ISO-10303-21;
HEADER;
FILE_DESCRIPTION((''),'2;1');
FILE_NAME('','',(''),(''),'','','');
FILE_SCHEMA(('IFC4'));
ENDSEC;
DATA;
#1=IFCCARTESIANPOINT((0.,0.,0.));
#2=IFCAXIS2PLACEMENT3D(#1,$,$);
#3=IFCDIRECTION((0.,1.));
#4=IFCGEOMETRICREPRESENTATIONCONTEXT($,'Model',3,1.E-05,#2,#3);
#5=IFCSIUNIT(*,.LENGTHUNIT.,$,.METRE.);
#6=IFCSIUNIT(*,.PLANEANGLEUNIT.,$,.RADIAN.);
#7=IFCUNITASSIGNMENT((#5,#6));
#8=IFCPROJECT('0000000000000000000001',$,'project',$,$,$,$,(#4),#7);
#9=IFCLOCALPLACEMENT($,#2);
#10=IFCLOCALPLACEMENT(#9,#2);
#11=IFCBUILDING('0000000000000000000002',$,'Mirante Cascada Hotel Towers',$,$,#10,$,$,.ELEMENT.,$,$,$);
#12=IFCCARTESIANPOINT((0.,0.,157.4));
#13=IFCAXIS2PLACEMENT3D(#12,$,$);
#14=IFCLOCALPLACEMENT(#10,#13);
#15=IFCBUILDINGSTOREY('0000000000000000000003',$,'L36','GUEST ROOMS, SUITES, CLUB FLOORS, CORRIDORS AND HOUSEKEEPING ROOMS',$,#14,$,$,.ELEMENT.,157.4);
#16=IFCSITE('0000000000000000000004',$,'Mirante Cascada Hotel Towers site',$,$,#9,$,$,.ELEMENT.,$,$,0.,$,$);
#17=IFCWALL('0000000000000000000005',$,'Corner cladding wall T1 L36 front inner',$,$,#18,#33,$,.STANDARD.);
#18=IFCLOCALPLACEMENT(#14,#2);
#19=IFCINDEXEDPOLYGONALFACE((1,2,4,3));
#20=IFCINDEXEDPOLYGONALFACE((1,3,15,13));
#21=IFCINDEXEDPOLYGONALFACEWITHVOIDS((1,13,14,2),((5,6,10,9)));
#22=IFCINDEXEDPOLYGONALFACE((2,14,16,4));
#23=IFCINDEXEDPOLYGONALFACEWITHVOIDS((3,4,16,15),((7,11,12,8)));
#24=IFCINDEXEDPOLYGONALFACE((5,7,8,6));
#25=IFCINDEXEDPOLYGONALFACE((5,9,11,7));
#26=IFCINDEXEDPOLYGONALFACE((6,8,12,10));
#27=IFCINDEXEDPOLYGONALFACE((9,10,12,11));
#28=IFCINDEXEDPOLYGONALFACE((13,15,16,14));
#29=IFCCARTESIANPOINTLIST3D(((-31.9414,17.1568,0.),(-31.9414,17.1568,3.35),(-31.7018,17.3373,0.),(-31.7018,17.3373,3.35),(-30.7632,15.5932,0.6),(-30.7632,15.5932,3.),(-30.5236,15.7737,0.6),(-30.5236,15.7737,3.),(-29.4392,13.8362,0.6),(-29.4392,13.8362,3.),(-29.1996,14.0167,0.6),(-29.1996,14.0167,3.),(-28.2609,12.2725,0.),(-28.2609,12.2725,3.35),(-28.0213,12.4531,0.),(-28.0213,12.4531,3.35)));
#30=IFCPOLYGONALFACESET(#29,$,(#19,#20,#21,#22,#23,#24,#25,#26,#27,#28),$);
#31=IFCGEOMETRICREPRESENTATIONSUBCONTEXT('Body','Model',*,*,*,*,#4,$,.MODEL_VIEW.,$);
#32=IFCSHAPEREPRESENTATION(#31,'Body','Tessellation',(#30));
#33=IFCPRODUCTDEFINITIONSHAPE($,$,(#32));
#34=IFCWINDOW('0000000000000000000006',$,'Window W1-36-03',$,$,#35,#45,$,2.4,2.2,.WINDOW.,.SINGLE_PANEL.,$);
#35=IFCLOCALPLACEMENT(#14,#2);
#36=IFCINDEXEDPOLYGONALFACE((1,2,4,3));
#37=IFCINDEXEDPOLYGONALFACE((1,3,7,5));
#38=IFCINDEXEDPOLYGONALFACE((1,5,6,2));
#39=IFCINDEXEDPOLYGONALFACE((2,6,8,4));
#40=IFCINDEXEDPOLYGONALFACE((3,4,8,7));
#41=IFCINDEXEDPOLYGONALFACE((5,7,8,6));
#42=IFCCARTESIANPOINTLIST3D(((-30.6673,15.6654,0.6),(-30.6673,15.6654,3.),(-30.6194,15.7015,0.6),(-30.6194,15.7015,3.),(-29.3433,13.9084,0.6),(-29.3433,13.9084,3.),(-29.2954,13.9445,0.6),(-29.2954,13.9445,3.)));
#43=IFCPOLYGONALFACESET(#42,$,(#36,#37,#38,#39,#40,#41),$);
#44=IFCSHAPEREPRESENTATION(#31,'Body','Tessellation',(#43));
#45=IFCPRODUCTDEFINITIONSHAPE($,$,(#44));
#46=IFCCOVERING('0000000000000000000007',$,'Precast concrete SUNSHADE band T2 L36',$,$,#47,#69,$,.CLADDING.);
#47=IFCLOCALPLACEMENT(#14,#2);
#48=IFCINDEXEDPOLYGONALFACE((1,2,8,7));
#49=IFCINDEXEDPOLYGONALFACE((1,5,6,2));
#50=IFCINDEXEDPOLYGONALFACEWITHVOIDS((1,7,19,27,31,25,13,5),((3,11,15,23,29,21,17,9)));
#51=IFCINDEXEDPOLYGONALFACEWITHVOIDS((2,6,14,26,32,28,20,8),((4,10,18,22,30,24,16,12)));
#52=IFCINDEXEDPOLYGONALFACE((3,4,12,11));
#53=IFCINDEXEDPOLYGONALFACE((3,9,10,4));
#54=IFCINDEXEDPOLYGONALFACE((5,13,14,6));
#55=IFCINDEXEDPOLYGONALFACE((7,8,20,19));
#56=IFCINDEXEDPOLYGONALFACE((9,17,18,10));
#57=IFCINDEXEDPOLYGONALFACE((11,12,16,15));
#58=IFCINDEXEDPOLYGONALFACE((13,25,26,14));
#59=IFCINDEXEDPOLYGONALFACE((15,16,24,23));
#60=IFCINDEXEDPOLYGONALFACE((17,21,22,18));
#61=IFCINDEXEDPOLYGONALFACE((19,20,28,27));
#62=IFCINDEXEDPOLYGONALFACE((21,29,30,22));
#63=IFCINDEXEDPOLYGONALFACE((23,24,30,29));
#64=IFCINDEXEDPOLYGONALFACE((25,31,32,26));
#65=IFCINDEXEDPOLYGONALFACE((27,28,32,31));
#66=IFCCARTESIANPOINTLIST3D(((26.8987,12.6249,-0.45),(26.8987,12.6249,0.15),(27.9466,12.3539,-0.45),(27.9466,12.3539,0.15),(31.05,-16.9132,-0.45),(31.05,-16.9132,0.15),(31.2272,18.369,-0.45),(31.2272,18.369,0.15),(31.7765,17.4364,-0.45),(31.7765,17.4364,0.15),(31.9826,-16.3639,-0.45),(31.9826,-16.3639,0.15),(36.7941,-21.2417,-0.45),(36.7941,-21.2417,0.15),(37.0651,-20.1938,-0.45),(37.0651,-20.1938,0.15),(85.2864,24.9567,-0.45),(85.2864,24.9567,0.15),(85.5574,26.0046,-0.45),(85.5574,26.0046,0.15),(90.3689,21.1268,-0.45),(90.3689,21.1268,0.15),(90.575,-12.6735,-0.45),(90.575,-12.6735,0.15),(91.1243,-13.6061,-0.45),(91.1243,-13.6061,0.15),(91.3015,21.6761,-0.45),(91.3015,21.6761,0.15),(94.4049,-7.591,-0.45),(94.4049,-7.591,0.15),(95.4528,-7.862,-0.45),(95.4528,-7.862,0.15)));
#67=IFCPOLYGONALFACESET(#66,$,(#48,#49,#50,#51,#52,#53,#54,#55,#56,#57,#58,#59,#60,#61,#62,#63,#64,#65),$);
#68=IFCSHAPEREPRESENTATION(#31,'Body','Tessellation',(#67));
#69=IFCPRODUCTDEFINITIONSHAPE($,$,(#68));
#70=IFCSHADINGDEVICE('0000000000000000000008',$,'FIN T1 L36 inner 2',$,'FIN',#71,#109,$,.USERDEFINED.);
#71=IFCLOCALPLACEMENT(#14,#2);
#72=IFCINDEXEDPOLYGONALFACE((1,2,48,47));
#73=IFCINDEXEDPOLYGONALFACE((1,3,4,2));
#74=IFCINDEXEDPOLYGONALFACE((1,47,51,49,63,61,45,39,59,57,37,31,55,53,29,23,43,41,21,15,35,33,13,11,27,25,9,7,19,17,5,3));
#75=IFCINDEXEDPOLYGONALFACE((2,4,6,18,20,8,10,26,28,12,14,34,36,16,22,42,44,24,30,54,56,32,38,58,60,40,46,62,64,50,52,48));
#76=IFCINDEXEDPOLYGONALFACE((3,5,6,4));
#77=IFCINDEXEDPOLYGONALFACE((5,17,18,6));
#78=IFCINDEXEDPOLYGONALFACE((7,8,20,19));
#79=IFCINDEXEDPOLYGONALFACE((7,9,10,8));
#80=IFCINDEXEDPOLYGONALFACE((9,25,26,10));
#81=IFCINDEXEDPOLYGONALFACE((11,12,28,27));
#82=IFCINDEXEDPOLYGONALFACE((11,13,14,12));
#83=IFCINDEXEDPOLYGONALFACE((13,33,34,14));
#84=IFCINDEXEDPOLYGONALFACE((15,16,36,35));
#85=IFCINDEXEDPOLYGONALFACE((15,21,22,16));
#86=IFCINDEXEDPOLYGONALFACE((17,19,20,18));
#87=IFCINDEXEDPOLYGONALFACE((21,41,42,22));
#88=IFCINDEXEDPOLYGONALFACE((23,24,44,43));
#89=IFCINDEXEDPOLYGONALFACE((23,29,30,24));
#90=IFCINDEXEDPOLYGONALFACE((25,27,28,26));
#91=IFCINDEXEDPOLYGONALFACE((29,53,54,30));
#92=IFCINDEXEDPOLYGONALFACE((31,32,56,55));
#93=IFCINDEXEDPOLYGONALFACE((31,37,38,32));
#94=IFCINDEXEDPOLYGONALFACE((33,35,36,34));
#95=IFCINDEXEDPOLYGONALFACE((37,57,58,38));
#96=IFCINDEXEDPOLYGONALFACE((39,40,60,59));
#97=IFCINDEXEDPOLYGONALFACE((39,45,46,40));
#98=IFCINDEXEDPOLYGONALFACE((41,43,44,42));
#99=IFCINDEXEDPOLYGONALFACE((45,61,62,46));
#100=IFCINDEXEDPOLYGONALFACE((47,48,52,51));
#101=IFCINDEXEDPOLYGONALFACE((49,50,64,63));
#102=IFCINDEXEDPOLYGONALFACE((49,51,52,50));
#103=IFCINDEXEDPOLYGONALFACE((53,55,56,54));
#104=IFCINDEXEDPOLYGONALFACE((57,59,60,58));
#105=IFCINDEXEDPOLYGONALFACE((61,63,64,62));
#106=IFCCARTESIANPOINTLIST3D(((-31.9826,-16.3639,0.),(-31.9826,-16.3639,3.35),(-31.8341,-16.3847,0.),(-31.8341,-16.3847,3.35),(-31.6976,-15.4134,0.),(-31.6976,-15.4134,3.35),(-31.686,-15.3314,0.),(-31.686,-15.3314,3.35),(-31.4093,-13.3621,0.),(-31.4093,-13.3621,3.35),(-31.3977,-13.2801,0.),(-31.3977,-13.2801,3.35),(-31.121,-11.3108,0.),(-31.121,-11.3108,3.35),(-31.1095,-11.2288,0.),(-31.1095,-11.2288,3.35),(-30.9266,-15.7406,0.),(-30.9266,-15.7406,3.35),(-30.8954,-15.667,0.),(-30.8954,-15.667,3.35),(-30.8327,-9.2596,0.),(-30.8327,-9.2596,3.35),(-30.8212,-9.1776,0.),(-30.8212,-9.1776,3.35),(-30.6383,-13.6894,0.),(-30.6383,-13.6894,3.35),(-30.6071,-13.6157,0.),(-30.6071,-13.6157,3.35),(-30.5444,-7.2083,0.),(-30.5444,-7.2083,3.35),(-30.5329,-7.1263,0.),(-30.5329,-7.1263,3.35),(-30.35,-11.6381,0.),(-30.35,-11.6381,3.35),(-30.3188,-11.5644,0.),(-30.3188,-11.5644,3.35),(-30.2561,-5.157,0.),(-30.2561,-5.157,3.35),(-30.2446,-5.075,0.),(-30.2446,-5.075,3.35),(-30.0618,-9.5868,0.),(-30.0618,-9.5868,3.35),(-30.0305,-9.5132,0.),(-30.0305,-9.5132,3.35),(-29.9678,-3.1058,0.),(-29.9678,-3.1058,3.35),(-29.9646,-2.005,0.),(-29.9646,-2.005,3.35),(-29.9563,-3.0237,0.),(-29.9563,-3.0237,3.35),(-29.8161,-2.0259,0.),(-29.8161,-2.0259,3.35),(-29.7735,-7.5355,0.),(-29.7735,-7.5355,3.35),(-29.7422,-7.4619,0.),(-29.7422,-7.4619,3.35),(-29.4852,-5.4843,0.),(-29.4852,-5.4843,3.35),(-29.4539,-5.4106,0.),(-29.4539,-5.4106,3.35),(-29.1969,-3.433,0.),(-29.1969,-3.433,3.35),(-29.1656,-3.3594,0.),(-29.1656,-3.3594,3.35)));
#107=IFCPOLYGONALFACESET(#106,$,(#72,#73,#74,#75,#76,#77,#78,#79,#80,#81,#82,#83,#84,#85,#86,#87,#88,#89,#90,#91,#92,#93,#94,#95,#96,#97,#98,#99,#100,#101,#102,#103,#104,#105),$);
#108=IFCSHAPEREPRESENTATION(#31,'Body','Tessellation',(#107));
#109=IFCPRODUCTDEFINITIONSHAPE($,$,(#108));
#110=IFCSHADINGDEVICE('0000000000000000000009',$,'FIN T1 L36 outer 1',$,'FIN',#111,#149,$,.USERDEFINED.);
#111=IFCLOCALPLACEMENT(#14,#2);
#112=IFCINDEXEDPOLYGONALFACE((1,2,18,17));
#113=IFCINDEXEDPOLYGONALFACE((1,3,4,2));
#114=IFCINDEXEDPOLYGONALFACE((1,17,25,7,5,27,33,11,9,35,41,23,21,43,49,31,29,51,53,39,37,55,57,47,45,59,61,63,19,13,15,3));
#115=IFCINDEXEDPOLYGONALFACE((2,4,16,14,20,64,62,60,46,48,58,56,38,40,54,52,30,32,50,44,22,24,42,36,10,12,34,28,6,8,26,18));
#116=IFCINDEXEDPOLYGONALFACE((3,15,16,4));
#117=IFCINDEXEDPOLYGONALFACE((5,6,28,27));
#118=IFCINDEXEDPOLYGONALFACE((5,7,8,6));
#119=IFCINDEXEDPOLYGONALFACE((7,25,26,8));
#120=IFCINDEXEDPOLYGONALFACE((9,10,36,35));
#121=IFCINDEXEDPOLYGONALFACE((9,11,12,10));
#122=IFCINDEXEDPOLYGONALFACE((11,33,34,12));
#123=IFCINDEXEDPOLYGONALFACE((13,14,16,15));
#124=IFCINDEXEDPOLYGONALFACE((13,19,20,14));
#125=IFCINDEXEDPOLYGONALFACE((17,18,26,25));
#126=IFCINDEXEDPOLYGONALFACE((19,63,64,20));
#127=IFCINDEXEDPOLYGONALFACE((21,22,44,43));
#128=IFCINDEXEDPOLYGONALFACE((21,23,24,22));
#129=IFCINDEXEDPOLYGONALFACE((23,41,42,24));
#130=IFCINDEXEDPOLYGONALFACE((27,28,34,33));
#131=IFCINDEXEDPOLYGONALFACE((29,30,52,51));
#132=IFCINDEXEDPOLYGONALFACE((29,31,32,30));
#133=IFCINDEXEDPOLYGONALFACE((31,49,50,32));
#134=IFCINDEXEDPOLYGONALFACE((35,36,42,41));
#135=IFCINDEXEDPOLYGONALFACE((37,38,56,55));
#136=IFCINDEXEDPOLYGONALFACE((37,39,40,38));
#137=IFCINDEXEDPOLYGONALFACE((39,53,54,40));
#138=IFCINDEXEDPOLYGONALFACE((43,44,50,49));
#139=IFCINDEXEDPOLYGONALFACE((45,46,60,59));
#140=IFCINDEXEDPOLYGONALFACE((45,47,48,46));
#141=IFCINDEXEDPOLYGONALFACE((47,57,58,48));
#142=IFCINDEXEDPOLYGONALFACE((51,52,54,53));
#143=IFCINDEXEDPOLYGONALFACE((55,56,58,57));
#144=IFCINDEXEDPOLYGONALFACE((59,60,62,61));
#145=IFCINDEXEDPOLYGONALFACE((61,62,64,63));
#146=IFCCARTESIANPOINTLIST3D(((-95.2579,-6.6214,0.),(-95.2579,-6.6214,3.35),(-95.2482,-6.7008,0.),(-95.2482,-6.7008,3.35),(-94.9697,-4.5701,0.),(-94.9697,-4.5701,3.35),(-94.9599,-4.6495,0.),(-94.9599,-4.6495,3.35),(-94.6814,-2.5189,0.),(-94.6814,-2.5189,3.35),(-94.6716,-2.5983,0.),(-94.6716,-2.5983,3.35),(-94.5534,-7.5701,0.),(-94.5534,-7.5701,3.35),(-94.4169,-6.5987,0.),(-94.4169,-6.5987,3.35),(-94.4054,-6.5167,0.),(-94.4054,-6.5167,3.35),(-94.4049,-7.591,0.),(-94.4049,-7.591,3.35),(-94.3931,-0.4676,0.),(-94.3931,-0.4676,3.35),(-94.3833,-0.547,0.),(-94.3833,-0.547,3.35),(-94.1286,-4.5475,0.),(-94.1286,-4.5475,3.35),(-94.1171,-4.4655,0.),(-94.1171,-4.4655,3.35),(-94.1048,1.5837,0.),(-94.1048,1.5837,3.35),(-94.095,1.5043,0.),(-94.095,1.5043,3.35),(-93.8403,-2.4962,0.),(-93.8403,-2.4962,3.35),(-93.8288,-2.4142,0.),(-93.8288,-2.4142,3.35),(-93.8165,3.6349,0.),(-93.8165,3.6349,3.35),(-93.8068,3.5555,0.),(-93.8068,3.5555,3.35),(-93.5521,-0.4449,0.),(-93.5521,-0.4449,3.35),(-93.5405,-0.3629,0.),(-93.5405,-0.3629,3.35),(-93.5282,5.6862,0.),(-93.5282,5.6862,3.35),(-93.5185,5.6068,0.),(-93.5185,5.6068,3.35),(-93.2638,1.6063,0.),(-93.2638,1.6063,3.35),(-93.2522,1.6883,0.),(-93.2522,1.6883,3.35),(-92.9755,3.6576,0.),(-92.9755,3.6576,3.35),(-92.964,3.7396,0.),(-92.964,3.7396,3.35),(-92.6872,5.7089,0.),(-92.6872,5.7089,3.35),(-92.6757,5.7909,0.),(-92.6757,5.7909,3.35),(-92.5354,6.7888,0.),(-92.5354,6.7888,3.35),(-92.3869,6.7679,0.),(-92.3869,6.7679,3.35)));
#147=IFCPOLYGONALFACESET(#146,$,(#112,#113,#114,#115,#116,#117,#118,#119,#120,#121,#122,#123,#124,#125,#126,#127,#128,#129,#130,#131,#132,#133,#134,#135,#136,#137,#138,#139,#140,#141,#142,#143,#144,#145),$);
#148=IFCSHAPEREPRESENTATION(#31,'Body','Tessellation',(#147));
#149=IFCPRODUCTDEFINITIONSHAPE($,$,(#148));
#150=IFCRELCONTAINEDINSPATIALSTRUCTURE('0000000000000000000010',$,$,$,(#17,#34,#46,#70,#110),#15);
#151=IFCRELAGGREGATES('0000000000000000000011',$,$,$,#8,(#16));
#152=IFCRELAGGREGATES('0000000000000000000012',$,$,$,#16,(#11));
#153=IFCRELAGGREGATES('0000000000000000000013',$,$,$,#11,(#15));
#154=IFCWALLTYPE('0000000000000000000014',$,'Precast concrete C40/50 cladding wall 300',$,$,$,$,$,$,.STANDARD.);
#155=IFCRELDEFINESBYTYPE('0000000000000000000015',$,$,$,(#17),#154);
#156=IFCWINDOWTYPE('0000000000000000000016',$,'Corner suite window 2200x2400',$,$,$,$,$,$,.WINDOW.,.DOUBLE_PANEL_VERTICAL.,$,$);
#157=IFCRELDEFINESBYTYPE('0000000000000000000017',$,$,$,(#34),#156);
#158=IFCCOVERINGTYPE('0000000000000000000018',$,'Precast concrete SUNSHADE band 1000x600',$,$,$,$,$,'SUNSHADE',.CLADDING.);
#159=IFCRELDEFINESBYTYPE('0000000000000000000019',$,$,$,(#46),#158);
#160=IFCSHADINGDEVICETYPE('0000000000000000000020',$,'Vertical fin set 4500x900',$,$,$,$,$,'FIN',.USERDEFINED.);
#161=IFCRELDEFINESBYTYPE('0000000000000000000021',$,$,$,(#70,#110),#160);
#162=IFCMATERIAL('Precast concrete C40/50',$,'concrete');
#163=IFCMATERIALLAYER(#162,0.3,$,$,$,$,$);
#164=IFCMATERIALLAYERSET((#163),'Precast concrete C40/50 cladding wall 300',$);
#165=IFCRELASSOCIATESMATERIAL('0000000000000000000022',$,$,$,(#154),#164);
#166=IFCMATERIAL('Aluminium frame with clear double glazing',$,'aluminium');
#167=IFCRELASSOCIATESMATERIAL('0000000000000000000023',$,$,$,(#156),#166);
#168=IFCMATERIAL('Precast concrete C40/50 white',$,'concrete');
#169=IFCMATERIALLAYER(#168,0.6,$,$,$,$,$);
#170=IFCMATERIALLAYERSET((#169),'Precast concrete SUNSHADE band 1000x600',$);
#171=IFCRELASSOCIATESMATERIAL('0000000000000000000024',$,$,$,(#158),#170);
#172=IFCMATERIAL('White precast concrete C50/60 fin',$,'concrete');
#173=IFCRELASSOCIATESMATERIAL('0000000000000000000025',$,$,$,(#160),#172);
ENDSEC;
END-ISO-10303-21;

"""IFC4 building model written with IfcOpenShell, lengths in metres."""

from ifc_helpers import new_model, si_unit, direction, frame, frame_2d, origin, place, context, subcontext, project, spatial, polyline, rectangle, outline, extrude, material, layer, layer_set, type_object, element, fill, save


model = new_model("IFC4")

# Units and contexts
model_context = context("Model", 3, precision=1e-05, world=origin(), true_north=direction((0.0, 1.0)))
body_context = subcontext(model_context, "Body", "Model", "MODEL_VIEW")
ifc_project = project(units=[si_unit("LENGTHUNIT", "METRE"), si_unit("PLANEANGLEUNIT", "RADIAN")], contexts=[model_context])

# Site, building, storey
site_placement = place(None, origin())
site = spatial("IfcSite", under=ifc_project, at=site_placement, Name="Mirante Cascada Hotel Towers site", CompositionType="ELEMENT", RefElevation=0.0)
building_placement = place(site_placement, origin())
building = spatial("IfcBuilding", under=site, at=building_placement, Name="Mirante Cascada Hotel Towers", CompositionType="ELEMENT")
storey_placement = place(building_placement, frame((0.0, 0.0, 157.4)))
storey = spatial("IfcBuildingStorey", under=building, at=storey_placement, Name="L36", Description="GUEST ROOMS, SUITES, CLUB FLOORS, CORRIDORS AND HOUSEKEEPING ROOMS", CompositionType="ELEMENT", Elevation=157.4)

# Wall, opening, window
ifc_material_1 = material(Name="Precast concrete C40/50", Category="concrete")
ifc_layer_1 = layer(ifc_material_1, 0.3)
ifc_layer_set_1 = layer_set([ifc_layer_1], Name="Precast concrete C40/50 cladding wall 300")
wall_type_1 = type_object("IfcWallType", Name="Precast concrete C40/50 cladding wall 300", PredefinedType="STANDARD", material=ifc_layer_set_1)
wall_1_placement = place(storey_placement, frame((-31.8216, 17.247, 0.0), z_axis=(0.0, 0.0, 1.0), x_axis=(0.601814, -0.798636, 0.0)))
wall_1 = element("IfcWall", 1, at=wall_1_placement, inside=storey, type_object=wall_type_1, Name="Corner cladding wall T1 L36 front inner", PredefinedType="STANDARD", context=body_context, shape_type="SweptSolid", body=[
    extrude(rectangle(XDim=6.1157, YDim=0.3, at=frame_2d((3.0578, 0.0))), origin(), (0.0, 0.0, 1.0), 3.35),
])
opening_1_placement = place(wall_1_placement, frame((1.9578, 0.0, 0.6)))
opening_1 = element("IfcOpeningElement", 2, at=opening_1_placement, cuts=wall_1, PredefinedType="OPENING", context=body_context, shape_type="SweptSolid", body=[
    extrude(rectangle(XDim=2.2, YDim=2.4, at=frame_2d((1.1, 1.2))), frame((0.0, 0.15, 0.0), z_axis=(0.0, -1.0, 0.0), x_axis=(1.0, 0.0, 0.0)), (0.0, 0.0, 1.0), 0.3),
])
ifc_material_2 = material(Name="Aluminium frame with clear double glazing", Category="aluminium")
window_type = type_object("IfcWindowType", Name="Corner suite window 2200x2400", PartitioningType="DOUBLE_PANEL_VERTICAL", PredefinedType="WINDOW", material=ifc_material_2)
window_placement = place(opening_1_placement, origin())
window = element("IfcWindow", 3, at=window_placement, inside=storey, type_object=window_type, Name="Window W1-36-03", OverallHeight=2.4, OverallWidth=2.2, PartitioningType="SINGLE_PANEL", PredefinedType="WINDOW", context=body_context, shape_type="SweptSolid", body=[
    extrude(rectangle(XDim=2.2, YDim=2.4, at=frame_2d((1.1, 1.2))), frame((0.0, 0.03, 0.0), z_axis=(0.0, -1.0, 0.0), x_axis=(1.0, 0.0, 0.0)), (0.0, 0.0, 1.0), 0.06),
])
fill(opening_1, window)

# Covering
ifc_material_3 = material(Name="Precast concrete C40/50 white", Category="concrete")
ifc_layer_2 = layer(ifc_material_3, 0.6)
ifc_layer_set_2 = layer_set([ifc_layer_2], Name="Precast concrete SUNSHADE band 1000x600")
covering_type = type_object("IfcCoveringType", Name="Precast concrete SUNSHADE band 1000x600", ElementType="SUNSHADE", PredefinedType="CLADDING", material=ifc_layer_set_2)
covering_placement = place(storey_placement, frame((0.0, 0.0, -0.45)))
element("IfcCovering", 4, at=covering_placement, inside=storey, type_object=covering_type, Name="Precast concrete SUNSHADE band T2 L36", PredefinedType="CLADDING", context=body_context, shape_type="SweptSolid", body=[
    extrude(outline(polyline([(26.8987, 12.6249), (31.2272, 18.369), (85.5574, 26.0046), (91.3015, 21.6761), (95.4528, -7.862), (91.1243, -13.6061), (36.7941, -21.2417), (31.05, -16.9132), (26.8987, 12.6249)]), holes=[polyline([(94.4049, -7.591), (90.3689, 21.1268), (85.2864, 24.9567), (31.7765, 17.4364), (27.9466, 12.3539), (31.9826, -16.3639), (37.0651, -20.1938), (90.575, -12.6735), (94.4049, -7.591)])]), origin(), (0.0, 0.0, 1.0), 0.6),
])

# Shading devices
ifc_material_4 = material(Name="White precast concrete C50/60 fin", Category="concrete")
shading_device_type = type_object("IfcShadingDeviceType", Name="Vertical fin set 4500x900", ElementType="FIN", PredefinedType="USERDEFINED", material=ifc_material_4)
shading_device_1_placement = place(storey_placement, origin())
element("IfcShadingDevice", 5, at=shading_device_1_placement, inside=storey, type_object=shading_device_type, Name="FIN T1 L36 inner 2", ObjectType="FIN", PredefinedType="USERDEFINED", context=body_context, shape_type="SweptSolid", body=[
    extrude(outline(polyline([(-31.6976, -15.4134), (-31.8341, -16.3847), (-31.9826, -16.3639), (-29.9646, -2.005), (-29.8161, -2.0259), (-29.9563, -3.0237), (-29.1656, -3.3594), (-29.1969, -3.433), (-29.9678, -3.1058), (-30.2446, -5.075), (-29.4539, -5.4106), (-29.4852, -5.4843), (-30.2561, -5.157), (-30.5329, -7.1263), (-29.7422, -7.4619), (-29.7735, -7.5355), (-30.5444, -7.2083), (-30.8212, -9.1776), (-30.0305, -9.5132), (-30.0618, -9.5868), (-30.8327, -9.2596), (-31.1095, -11.2288), (-30.3188, -11.5644), (-30.35, -11.6381), (-31.121, -11.3108), (-31.3977, -13.2801), (-30.6071, -13.6157), (-30.6383, -13.6894), (-31.4093, -13.3621), (-31.686, -15.3314), (-30.8954, -15.667), (-30.9266, -15.7406), (-31.6976, -15.4134)])), origin(), (0.0, 0.0, 1.0), 3.35),
])
shading_device_2_placement = place(storey_placement, origin())
element("IfcShadingDevice", 6, at=shading_device_2_placement, inside=storey, type_object=shading_device_type, Name="FIN T1 L36 outer 1", ObjectType="FIN", PredefinedType="USERDEFINED", context=body_context, shape_type="SweptSolid", body=[
    extrude(outline(polyline([(-94.4054, -6.5167), (-94.1286, -4.5475), (-94.9599, -4.6495), (-94.9697, -4.5701), (-94.1171, -4.4655), (-93.8403, -2.4962), (-94.6716, -2.5983), (-94.6814, -2.5189), (-93.8288, -2.4142), (-93.5521, -0.4449), (-94.3833, -0.547), (-94.3931, -0.4676), (-93.5405, -0.3629), (-93.2638, 1.6063), (-94.095, 1.5043), (-94.1048, 1.5837), (-93.2522, 1.6883), (-92.9755, 3.6576), (-93.8068, 3.5555), (-93.8165, 3.6349), (-92.964, 3.7396), (-92.6872, 5.7089), (-93.5185, 5.6068), (-93.5282, 5.6862), (-92.6757, 5.7909), (-92.5354, 6.7888), (-92.3869, 6.7679), (-94.4049, -7.591), (-94.5534, -7.5701), (-94.4169, -6.5987), (-95.2482, -6.7008), (-95.2579, -6.6214), (-94.4054, -6.5167)])), origin(), (0.0, 0.0, 1.0), 3.35),
])

save(model, "model.ifc")
